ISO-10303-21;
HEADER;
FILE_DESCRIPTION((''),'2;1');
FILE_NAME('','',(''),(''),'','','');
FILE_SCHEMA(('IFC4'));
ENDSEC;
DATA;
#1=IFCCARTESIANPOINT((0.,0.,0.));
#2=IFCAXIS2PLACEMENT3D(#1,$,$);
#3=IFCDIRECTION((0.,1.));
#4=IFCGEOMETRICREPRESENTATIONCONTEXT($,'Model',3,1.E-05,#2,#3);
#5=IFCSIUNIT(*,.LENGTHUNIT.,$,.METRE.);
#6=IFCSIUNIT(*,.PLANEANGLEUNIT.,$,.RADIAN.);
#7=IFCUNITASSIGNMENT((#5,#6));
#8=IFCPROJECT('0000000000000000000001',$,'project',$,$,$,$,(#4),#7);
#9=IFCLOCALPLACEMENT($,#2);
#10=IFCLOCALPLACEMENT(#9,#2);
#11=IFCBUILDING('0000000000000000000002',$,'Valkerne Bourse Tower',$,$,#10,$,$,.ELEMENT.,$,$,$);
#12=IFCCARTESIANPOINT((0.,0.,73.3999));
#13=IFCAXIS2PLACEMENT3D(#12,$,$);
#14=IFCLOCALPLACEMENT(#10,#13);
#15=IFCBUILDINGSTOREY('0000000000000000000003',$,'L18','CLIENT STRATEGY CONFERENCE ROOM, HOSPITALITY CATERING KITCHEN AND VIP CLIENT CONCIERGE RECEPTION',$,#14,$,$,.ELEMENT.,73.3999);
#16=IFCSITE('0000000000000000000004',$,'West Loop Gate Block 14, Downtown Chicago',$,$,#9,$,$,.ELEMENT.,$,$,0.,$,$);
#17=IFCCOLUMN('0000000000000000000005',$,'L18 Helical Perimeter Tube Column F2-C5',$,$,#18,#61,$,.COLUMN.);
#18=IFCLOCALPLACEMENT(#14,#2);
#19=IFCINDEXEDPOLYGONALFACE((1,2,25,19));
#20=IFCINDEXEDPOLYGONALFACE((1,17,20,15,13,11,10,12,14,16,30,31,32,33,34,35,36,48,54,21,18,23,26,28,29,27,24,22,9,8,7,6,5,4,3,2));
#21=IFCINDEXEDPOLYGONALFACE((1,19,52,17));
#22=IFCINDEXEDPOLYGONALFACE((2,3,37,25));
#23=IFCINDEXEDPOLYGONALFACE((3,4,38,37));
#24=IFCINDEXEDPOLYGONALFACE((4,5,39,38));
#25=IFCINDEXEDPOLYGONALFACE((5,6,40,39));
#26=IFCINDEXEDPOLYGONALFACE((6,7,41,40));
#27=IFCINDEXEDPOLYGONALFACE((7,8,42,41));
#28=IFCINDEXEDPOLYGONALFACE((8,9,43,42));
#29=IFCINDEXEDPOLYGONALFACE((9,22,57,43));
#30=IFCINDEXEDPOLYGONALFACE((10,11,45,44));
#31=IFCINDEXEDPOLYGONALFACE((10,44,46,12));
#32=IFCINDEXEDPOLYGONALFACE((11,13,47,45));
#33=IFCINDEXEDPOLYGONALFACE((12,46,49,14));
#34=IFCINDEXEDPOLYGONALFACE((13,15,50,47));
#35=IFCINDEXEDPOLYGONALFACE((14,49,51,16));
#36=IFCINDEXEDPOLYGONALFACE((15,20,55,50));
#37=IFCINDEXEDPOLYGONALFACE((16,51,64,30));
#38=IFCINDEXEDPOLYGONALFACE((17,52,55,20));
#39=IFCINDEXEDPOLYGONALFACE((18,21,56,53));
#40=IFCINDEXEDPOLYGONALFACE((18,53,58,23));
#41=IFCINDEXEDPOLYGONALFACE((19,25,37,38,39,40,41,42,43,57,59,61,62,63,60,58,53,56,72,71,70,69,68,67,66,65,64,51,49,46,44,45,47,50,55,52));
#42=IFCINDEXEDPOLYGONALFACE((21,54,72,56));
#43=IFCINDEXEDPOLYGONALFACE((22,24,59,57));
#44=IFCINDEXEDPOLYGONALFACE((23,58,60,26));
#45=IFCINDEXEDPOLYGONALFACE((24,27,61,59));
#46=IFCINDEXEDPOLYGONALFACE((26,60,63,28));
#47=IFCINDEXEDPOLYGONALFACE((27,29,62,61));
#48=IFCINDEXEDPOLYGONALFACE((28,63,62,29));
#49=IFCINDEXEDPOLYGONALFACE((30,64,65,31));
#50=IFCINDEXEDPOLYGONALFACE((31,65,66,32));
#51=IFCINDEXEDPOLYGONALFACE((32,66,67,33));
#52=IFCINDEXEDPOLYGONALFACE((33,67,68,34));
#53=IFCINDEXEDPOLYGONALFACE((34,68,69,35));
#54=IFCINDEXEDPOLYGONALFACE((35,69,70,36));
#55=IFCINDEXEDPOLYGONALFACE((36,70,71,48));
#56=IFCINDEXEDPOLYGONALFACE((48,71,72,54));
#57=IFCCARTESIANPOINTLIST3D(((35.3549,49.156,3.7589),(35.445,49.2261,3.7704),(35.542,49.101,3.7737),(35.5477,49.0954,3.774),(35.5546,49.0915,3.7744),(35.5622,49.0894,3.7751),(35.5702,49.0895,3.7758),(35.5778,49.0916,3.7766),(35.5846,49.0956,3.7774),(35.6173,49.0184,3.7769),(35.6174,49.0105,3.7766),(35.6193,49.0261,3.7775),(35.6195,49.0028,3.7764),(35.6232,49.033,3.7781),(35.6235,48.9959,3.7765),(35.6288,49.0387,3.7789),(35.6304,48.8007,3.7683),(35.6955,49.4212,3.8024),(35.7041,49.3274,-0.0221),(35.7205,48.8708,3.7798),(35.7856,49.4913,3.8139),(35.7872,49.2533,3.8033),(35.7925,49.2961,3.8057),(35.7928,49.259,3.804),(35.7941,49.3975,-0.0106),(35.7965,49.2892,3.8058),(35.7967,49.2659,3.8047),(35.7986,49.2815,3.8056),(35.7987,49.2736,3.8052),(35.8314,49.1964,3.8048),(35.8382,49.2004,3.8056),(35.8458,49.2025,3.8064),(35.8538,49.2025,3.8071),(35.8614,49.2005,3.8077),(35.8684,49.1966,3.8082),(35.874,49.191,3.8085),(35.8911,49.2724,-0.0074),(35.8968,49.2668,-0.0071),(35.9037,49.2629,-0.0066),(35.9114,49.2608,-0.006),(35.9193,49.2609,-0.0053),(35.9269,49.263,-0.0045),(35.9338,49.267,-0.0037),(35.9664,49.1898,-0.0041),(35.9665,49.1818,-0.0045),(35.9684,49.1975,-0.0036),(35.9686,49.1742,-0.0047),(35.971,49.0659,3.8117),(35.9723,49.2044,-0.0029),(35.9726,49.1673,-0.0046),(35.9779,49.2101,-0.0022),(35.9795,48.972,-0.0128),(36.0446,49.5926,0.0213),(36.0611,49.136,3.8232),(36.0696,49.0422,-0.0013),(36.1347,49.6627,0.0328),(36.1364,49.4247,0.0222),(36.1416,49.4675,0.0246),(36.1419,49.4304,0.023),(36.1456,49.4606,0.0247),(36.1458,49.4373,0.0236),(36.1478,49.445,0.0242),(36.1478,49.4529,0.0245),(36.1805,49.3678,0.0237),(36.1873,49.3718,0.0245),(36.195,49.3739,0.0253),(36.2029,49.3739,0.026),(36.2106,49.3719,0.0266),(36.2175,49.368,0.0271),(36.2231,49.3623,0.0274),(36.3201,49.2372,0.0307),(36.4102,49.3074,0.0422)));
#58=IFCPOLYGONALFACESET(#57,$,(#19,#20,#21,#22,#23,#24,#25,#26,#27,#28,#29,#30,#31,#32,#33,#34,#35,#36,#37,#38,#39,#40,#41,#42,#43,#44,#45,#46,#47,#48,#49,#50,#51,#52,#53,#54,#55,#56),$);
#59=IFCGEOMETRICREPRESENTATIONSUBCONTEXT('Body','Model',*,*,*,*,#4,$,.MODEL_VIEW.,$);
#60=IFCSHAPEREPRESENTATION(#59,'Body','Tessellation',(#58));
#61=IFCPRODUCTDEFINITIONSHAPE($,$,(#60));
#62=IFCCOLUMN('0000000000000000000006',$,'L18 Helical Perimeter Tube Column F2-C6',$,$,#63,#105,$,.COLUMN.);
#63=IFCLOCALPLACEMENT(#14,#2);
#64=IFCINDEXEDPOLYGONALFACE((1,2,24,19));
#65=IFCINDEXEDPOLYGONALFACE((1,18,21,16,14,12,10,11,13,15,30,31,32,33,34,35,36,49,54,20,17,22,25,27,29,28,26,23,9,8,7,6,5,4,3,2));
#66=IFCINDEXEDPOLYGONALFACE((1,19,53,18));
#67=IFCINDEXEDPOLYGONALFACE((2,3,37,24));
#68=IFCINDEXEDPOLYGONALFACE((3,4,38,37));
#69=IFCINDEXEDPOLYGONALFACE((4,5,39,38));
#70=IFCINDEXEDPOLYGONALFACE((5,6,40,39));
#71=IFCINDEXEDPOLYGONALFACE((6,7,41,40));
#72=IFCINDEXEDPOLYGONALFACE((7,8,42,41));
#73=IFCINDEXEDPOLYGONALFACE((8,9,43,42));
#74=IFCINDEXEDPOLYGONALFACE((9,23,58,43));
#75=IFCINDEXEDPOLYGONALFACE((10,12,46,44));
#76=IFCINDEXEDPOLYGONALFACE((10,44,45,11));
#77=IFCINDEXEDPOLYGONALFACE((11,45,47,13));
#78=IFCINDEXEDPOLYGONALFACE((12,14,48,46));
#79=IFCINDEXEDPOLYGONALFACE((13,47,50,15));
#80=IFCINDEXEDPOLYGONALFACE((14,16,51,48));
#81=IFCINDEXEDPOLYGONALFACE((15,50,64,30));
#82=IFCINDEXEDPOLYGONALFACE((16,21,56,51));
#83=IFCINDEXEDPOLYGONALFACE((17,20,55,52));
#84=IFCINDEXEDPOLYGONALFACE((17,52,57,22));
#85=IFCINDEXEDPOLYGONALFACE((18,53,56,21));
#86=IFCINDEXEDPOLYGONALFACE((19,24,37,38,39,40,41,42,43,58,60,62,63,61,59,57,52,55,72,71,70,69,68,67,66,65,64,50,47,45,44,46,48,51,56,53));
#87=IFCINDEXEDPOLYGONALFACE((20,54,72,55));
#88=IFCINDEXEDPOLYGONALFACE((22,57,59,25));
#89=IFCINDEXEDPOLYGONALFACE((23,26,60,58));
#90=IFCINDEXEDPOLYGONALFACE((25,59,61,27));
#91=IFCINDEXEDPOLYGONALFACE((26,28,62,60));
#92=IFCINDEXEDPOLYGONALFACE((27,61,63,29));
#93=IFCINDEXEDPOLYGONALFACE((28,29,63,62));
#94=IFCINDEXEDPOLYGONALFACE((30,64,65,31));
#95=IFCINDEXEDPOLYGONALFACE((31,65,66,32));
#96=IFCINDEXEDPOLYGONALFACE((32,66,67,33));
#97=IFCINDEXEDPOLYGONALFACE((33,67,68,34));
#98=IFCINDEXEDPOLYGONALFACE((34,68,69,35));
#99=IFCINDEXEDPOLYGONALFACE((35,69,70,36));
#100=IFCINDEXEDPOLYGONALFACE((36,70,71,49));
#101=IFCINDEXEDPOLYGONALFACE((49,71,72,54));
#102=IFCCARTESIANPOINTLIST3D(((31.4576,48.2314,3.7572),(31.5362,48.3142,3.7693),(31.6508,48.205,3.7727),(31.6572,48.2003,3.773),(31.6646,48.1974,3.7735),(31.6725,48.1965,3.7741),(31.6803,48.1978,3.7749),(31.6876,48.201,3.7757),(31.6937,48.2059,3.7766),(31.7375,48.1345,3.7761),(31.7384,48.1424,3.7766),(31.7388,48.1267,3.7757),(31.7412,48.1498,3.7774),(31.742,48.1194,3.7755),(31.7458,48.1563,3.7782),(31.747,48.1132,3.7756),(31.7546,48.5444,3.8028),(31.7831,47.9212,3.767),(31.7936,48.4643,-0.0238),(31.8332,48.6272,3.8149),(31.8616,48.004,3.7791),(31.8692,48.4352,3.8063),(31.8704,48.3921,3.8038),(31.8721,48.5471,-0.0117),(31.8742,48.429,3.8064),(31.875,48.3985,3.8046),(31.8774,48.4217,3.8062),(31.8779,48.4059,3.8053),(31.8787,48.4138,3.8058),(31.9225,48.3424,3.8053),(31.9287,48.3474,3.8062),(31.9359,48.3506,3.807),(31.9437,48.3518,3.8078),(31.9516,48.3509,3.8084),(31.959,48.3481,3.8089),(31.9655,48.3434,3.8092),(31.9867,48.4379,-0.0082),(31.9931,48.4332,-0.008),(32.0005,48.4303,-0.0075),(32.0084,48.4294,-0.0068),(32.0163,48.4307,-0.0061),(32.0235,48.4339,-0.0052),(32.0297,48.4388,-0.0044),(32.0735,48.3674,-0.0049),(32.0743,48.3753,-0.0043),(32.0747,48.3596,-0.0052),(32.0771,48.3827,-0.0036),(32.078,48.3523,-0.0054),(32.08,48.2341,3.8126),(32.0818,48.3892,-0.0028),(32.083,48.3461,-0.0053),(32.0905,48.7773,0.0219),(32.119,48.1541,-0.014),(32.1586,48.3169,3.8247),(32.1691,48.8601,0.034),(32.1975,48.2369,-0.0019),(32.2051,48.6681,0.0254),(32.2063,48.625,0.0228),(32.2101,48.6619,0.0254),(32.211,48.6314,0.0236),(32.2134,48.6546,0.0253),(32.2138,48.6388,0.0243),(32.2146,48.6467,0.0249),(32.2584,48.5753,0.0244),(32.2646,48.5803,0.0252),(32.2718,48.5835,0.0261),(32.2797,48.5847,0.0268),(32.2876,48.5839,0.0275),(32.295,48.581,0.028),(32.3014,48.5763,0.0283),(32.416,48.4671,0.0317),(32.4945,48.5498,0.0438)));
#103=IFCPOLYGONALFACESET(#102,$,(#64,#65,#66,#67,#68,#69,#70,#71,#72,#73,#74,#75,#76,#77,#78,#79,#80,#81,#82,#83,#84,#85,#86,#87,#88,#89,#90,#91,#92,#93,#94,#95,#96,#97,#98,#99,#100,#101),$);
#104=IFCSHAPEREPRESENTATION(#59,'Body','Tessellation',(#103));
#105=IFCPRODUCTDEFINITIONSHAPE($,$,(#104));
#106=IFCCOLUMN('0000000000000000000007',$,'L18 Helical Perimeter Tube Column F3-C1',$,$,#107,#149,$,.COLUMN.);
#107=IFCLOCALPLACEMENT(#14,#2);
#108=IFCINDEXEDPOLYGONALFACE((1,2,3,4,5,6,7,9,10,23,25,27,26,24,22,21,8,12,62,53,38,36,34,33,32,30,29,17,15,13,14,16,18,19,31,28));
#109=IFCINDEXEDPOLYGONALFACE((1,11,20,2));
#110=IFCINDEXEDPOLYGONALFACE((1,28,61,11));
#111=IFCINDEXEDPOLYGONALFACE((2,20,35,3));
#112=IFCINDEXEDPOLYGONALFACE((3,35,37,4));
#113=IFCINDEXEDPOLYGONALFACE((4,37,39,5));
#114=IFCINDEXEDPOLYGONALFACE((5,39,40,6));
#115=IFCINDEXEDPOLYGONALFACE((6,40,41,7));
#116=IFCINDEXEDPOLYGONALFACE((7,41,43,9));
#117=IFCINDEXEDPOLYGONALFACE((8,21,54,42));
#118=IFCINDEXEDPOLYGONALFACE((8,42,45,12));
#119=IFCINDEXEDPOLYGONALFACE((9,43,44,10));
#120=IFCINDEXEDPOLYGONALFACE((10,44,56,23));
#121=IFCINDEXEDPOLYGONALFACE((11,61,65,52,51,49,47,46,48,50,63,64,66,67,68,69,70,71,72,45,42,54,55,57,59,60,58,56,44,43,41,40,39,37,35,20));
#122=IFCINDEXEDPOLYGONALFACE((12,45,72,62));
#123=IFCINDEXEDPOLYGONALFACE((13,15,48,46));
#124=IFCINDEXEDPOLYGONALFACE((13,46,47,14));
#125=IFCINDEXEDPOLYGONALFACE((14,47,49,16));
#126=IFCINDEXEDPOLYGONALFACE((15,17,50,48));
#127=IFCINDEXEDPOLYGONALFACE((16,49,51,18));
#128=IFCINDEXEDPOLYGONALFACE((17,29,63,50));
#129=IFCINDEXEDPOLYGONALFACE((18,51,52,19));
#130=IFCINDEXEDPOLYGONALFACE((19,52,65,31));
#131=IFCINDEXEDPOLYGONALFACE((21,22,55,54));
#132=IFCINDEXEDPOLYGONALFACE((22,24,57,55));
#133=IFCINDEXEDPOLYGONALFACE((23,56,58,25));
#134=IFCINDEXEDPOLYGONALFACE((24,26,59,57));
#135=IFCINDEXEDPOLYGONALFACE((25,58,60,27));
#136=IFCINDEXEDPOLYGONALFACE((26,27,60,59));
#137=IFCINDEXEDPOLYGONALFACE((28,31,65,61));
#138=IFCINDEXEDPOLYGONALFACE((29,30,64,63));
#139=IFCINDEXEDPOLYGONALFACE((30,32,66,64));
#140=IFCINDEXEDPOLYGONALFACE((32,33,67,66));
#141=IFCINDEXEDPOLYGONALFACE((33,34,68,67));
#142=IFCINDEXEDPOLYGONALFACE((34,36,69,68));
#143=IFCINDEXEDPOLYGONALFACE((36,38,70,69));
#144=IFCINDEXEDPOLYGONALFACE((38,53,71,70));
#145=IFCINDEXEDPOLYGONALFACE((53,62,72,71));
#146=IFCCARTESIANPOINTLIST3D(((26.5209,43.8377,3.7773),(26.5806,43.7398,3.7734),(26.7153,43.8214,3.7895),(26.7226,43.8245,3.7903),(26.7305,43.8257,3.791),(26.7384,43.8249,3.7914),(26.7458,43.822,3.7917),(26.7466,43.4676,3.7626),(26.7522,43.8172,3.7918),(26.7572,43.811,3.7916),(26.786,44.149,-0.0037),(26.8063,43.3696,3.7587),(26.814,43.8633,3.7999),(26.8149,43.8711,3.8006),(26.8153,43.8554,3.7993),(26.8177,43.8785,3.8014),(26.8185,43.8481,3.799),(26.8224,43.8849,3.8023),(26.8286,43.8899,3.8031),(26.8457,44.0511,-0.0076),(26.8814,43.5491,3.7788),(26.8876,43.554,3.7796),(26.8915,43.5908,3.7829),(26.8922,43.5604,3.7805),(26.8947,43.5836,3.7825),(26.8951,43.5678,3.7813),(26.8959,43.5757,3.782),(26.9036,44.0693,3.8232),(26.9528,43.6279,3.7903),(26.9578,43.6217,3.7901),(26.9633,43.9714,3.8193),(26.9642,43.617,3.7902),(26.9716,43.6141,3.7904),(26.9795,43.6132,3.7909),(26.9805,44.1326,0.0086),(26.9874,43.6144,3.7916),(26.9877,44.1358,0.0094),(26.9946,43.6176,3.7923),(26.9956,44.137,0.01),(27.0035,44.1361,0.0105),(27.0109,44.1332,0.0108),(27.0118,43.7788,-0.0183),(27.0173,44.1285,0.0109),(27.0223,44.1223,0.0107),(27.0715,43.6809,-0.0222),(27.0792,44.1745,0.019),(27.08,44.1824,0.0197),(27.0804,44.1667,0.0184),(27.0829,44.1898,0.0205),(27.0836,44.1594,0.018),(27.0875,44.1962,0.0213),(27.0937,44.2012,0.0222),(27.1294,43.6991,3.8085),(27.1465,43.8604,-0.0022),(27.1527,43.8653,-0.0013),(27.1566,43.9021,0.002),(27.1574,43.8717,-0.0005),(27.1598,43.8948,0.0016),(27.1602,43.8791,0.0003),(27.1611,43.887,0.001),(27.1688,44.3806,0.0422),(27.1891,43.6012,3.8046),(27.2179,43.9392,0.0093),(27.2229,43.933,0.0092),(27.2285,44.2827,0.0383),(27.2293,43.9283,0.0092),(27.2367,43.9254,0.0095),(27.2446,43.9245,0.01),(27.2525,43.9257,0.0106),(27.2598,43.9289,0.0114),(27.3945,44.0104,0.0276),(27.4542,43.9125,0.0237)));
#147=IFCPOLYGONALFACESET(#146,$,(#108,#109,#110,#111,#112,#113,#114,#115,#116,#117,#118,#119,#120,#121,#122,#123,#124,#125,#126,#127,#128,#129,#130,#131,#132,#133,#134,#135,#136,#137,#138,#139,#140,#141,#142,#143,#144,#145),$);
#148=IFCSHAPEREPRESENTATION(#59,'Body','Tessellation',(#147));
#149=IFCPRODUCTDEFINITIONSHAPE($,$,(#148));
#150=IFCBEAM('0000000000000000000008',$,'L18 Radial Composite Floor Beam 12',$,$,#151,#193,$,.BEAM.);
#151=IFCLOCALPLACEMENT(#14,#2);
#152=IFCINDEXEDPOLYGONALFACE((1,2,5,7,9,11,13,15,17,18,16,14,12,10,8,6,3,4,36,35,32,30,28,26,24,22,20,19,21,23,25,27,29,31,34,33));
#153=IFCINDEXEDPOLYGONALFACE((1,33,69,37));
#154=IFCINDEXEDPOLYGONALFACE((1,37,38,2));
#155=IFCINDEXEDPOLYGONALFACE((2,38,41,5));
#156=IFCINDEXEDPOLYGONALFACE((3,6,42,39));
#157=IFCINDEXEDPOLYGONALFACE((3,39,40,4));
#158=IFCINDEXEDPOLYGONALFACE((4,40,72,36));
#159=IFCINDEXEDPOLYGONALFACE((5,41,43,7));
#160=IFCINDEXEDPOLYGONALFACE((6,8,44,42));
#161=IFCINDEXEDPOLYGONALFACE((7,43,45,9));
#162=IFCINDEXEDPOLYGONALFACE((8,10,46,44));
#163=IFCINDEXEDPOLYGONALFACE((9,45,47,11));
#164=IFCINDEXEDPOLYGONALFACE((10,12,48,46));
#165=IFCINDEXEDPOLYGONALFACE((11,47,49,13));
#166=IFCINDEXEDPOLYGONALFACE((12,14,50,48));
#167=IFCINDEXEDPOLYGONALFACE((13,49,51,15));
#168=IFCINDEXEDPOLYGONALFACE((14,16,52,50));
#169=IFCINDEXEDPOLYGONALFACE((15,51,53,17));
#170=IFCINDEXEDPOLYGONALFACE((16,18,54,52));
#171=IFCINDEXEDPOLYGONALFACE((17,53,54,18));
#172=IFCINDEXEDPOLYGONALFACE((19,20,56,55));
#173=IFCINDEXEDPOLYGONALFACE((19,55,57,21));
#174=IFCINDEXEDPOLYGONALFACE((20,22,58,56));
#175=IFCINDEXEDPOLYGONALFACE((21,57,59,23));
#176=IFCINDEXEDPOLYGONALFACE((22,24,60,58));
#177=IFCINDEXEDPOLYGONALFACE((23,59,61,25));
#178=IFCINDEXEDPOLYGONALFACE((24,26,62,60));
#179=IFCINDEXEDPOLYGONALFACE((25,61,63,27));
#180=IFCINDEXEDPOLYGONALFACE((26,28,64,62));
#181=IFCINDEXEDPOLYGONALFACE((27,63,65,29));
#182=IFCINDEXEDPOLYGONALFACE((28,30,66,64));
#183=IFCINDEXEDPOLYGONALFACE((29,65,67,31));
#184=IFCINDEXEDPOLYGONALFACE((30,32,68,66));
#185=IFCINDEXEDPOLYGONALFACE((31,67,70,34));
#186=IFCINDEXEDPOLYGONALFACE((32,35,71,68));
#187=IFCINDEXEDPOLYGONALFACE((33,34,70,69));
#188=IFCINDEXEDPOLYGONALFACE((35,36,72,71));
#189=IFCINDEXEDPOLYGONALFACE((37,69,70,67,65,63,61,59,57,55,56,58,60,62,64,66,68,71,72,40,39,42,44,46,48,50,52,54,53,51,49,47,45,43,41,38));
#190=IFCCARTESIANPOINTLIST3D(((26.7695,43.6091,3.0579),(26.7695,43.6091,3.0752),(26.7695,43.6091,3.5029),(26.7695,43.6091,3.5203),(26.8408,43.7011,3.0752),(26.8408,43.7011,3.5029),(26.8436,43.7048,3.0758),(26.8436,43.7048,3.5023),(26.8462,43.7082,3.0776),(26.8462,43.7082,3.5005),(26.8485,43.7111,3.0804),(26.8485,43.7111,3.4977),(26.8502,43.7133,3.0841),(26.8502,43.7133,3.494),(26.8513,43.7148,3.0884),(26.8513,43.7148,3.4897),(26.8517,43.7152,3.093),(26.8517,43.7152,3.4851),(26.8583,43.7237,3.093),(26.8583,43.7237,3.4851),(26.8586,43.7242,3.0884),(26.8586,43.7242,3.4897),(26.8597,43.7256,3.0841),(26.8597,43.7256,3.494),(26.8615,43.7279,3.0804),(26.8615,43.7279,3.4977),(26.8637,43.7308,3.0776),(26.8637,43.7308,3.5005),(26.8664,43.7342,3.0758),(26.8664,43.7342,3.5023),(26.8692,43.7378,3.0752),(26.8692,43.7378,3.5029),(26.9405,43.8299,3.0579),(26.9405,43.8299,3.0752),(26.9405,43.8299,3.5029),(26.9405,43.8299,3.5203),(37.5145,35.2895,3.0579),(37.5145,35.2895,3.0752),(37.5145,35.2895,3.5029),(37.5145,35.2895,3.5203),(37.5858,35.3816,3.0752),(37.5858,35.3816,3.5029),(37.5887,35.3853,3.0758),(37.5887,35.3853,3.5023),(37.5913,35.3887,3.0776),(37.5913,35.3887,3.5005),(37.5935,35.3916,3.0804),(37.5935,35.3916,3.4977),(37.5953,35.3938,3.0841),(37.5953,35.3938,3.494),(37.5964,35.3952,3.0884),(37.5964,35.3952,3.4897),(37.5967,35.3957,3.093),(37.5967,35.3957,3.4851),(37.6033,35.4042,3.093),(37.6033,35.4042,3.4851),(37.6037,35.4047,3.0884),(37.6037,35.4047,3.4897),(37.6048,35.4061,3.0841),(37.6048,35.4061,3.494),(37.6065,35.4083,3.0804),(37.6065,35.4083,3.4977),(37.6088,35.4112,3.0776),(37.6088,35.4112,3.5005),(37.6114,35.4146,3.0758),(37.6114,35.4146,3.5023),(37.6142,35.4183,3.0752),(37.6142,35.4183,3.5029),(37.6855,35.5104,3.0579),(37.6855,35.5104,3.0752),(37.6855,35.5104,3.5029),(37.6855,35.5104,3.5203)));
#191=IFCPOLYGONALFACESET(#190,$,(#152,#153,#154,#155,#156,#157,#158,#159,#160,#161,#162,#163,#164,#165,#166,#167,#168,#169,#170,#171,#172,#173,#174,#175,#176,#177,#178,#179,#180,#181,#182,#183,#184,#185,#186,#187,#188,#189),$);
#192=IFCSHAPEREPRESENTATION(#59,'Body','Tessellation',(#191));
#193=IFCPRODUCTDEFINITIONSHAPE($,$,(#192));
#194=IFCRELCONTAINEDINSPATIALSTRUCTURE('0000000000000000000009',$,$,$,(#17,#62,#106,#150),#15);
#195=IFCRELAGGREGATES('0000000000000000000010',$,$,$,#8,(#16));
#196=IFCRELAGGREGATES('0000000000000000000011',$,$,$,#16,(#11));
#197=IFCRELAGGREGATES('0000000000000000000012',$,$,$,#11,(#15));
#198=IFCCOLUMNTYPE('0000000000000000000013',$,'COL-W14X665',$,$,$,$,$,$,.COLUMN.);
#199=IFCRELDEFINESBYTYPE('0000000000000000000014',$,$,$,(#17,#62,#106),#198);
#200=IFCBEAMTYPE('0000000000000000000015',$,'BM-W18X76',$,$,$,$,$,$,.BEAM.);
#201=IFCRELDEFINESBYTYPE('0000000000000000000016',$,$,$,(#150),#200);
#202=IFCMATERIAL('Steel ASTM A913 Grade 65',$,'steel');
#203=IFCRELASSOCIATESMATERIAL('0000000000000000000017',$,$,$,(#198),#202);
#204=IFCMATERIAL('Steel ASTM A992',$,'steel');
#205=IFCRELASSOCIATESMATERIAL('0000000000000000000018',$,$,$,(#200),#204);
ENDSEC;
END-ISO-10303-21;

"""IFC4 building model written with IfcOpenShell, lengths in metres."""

from ifc_helpers import new_model, si_unit, direction, frame, origin, origin_2d, place, context, subcontext, project, spatial, i_section, extrude, material, material_profile, profile_set, type_object, element, save


model = new_model("IFC4")

# Units and contexts
model_context = context("Model", 3, precision=1e-05, world=origin(), true_north=direction((0.0, 1.0)))
body_context = subcontext(model_context, "Body", "Model", "MODEL_VIEW")
ifc_project = project(units=[si_unit("LENGTHUNIT", "METRE"), si_unit("PLANEANGLEUNIT", "RADIAN")], contexts=[model_context])

# Site, building, storey
site_placement = place(None, origin())
site = spatial("IfcSite", under=ifc_project, at=site_placement, Name="West Loop Gate Block 14, Downtown Chicago", CompositionType="ELEMENT", RefElevation=0.0)
building_placement = place(site_placement, origin())
building = spatial("IfcBuilding", under=site, at=building_placement, Name="Valkerne Bourse Tower", CompositionType="ELEMENT")
storey_placement = place(building_placement, frame((0.0, 0.0, 73.3999)))
storey = spatial("IfcBuildingStorey", under=building, at=storey_placement, Name="L18", Description="CLIENT STRATEGY CONFERENCE ROOM, HOSPITALITY CATERING KITCHEN AND VIP CLIENT CONCIERGE RECEPTION", CompositionType="ELEMENT", Elevation=73.3999)

# Columns
ifc_material_1 = material(Name="Steel ASTM A913 Grade 65", Category="steel")
ifc_material_profile_1 = material_profile(ifc_material_1, i_section(OverallWidth=0.4497, OverallDepth=0.5486, WebThickness=0.072, FlangeThickness=0.1147, FilletRadius=0.0305, at=origin_2d()), Name="W14X665")
ifc_profile_set_1 = profile_set([ifc_material_profile_1], Name="Steel ASTM A913 Grade 65")
column_type = type_object("IfcColumnType", Name="COL-W14X665", PredefinedType="COLUMN", material=ifc_profile_set_1)
column_placement = place(storey_placement, frame((36.0571, 49.3174, 0.01), z_axis=(-0.091851, -0.04509, 0.994751), x_axis=(-0.612597, 0.790123, -0.02075)))
element("IfcColumn", 1, at=column_placement, inside=storey, type_object=column_type, Name="L18 Helical Perimeter Tube Column F2-C5", PredefinedType="COLUMN", context=body_context, shape_type="SweptSolid", body=[
    extrude(i_section(OverallWidth=0.4497, OverallDepth=0.5486, WebThickness=0.072, FlangeThickness=0.1147, FilletRadius=0.0305, at=origin_2d()), origin(), (0.0, 0.0, 1.0), 3.801),
])
for number, where, z_axis, x_axis, name in (
    (2, (32.144, 48.5071, 0.01), (-0.088334, -0.061243, 0.994206), (-0.723617, 0.689858, -0.021797), "L18 Helical Perimeter Tube Column F2-C6"),
    (3, (27.1201, 44.0308, 0.01), (-0.069717, -0.08185, 0.994203), (-0.8511, -0.514984, -0.102079), "L18 Helical Perimeter Tube Column F3-C1"),
):
    element("IfcColumn", number, at=place(storey_placement, frame(where, z_axis=z_axis, x_axis=x_axis)), inside=storey, type_object=column_type, Name=name, PredefinedType="COLUMN", context=body_context, shape_type="SweptSolid", body=[
        extrude(i_section(OverallWidth=0.4497, OverallDepth=0.5486, WebThickness=0.072, FlangeThickness=0.1147, FilletRadius=0.0305, at=origin_2d()), origin(), (0.0, 0.0, 1.0), 3.803),
    ])

# Beam
ifc_material_2 = material(Name="Steel ASTM A992", Category="steel")
ifc_material_profile_2 = material_profile(ifc_material_2, i_section(OverallWidth=0.2793, OverallDepth=0.4624, WebThickness=0.0107, FlangeThickness=0.0173, FilletRadius=0.0178, at=origin_2d()), Name="W18X76")
ifc_profile_set_2 = profile_set([ifc_material_profile_2], Name="Steel ASTM A992")
beam_type_1 = type_object("IfcBeamType", Name="BM-W18X76", PredefinedType="BEAM", material=ifc_profile_set_2)
beam_1_placement = place(storey_placement, frame((26.855, 43.7195, 3.2891), z_axis=(0.790696, -0.612209, 0.0), x_axis=(0.612209, 0.790696, 0.0)))
element("IfcBeam", 4, at=beam_1_placement, inside=storey, type_object=beam_type_1, Name="L18 Radial Composite Floor Beam 12", PredefinedType="BEAM", context=body_context, shape_type="SweptSolid", body=[
    extrude(i_section(OverallWidth=0.2793, OverallDepth=0.4624, WebThickness=0.0107, FlangeThickness=0.0173, FilletRadius=0.0178, at=origin_2d()), origin(), (0.0, 0.0, 1.0), 13.5894),
])

save(model, "model.ifc")
